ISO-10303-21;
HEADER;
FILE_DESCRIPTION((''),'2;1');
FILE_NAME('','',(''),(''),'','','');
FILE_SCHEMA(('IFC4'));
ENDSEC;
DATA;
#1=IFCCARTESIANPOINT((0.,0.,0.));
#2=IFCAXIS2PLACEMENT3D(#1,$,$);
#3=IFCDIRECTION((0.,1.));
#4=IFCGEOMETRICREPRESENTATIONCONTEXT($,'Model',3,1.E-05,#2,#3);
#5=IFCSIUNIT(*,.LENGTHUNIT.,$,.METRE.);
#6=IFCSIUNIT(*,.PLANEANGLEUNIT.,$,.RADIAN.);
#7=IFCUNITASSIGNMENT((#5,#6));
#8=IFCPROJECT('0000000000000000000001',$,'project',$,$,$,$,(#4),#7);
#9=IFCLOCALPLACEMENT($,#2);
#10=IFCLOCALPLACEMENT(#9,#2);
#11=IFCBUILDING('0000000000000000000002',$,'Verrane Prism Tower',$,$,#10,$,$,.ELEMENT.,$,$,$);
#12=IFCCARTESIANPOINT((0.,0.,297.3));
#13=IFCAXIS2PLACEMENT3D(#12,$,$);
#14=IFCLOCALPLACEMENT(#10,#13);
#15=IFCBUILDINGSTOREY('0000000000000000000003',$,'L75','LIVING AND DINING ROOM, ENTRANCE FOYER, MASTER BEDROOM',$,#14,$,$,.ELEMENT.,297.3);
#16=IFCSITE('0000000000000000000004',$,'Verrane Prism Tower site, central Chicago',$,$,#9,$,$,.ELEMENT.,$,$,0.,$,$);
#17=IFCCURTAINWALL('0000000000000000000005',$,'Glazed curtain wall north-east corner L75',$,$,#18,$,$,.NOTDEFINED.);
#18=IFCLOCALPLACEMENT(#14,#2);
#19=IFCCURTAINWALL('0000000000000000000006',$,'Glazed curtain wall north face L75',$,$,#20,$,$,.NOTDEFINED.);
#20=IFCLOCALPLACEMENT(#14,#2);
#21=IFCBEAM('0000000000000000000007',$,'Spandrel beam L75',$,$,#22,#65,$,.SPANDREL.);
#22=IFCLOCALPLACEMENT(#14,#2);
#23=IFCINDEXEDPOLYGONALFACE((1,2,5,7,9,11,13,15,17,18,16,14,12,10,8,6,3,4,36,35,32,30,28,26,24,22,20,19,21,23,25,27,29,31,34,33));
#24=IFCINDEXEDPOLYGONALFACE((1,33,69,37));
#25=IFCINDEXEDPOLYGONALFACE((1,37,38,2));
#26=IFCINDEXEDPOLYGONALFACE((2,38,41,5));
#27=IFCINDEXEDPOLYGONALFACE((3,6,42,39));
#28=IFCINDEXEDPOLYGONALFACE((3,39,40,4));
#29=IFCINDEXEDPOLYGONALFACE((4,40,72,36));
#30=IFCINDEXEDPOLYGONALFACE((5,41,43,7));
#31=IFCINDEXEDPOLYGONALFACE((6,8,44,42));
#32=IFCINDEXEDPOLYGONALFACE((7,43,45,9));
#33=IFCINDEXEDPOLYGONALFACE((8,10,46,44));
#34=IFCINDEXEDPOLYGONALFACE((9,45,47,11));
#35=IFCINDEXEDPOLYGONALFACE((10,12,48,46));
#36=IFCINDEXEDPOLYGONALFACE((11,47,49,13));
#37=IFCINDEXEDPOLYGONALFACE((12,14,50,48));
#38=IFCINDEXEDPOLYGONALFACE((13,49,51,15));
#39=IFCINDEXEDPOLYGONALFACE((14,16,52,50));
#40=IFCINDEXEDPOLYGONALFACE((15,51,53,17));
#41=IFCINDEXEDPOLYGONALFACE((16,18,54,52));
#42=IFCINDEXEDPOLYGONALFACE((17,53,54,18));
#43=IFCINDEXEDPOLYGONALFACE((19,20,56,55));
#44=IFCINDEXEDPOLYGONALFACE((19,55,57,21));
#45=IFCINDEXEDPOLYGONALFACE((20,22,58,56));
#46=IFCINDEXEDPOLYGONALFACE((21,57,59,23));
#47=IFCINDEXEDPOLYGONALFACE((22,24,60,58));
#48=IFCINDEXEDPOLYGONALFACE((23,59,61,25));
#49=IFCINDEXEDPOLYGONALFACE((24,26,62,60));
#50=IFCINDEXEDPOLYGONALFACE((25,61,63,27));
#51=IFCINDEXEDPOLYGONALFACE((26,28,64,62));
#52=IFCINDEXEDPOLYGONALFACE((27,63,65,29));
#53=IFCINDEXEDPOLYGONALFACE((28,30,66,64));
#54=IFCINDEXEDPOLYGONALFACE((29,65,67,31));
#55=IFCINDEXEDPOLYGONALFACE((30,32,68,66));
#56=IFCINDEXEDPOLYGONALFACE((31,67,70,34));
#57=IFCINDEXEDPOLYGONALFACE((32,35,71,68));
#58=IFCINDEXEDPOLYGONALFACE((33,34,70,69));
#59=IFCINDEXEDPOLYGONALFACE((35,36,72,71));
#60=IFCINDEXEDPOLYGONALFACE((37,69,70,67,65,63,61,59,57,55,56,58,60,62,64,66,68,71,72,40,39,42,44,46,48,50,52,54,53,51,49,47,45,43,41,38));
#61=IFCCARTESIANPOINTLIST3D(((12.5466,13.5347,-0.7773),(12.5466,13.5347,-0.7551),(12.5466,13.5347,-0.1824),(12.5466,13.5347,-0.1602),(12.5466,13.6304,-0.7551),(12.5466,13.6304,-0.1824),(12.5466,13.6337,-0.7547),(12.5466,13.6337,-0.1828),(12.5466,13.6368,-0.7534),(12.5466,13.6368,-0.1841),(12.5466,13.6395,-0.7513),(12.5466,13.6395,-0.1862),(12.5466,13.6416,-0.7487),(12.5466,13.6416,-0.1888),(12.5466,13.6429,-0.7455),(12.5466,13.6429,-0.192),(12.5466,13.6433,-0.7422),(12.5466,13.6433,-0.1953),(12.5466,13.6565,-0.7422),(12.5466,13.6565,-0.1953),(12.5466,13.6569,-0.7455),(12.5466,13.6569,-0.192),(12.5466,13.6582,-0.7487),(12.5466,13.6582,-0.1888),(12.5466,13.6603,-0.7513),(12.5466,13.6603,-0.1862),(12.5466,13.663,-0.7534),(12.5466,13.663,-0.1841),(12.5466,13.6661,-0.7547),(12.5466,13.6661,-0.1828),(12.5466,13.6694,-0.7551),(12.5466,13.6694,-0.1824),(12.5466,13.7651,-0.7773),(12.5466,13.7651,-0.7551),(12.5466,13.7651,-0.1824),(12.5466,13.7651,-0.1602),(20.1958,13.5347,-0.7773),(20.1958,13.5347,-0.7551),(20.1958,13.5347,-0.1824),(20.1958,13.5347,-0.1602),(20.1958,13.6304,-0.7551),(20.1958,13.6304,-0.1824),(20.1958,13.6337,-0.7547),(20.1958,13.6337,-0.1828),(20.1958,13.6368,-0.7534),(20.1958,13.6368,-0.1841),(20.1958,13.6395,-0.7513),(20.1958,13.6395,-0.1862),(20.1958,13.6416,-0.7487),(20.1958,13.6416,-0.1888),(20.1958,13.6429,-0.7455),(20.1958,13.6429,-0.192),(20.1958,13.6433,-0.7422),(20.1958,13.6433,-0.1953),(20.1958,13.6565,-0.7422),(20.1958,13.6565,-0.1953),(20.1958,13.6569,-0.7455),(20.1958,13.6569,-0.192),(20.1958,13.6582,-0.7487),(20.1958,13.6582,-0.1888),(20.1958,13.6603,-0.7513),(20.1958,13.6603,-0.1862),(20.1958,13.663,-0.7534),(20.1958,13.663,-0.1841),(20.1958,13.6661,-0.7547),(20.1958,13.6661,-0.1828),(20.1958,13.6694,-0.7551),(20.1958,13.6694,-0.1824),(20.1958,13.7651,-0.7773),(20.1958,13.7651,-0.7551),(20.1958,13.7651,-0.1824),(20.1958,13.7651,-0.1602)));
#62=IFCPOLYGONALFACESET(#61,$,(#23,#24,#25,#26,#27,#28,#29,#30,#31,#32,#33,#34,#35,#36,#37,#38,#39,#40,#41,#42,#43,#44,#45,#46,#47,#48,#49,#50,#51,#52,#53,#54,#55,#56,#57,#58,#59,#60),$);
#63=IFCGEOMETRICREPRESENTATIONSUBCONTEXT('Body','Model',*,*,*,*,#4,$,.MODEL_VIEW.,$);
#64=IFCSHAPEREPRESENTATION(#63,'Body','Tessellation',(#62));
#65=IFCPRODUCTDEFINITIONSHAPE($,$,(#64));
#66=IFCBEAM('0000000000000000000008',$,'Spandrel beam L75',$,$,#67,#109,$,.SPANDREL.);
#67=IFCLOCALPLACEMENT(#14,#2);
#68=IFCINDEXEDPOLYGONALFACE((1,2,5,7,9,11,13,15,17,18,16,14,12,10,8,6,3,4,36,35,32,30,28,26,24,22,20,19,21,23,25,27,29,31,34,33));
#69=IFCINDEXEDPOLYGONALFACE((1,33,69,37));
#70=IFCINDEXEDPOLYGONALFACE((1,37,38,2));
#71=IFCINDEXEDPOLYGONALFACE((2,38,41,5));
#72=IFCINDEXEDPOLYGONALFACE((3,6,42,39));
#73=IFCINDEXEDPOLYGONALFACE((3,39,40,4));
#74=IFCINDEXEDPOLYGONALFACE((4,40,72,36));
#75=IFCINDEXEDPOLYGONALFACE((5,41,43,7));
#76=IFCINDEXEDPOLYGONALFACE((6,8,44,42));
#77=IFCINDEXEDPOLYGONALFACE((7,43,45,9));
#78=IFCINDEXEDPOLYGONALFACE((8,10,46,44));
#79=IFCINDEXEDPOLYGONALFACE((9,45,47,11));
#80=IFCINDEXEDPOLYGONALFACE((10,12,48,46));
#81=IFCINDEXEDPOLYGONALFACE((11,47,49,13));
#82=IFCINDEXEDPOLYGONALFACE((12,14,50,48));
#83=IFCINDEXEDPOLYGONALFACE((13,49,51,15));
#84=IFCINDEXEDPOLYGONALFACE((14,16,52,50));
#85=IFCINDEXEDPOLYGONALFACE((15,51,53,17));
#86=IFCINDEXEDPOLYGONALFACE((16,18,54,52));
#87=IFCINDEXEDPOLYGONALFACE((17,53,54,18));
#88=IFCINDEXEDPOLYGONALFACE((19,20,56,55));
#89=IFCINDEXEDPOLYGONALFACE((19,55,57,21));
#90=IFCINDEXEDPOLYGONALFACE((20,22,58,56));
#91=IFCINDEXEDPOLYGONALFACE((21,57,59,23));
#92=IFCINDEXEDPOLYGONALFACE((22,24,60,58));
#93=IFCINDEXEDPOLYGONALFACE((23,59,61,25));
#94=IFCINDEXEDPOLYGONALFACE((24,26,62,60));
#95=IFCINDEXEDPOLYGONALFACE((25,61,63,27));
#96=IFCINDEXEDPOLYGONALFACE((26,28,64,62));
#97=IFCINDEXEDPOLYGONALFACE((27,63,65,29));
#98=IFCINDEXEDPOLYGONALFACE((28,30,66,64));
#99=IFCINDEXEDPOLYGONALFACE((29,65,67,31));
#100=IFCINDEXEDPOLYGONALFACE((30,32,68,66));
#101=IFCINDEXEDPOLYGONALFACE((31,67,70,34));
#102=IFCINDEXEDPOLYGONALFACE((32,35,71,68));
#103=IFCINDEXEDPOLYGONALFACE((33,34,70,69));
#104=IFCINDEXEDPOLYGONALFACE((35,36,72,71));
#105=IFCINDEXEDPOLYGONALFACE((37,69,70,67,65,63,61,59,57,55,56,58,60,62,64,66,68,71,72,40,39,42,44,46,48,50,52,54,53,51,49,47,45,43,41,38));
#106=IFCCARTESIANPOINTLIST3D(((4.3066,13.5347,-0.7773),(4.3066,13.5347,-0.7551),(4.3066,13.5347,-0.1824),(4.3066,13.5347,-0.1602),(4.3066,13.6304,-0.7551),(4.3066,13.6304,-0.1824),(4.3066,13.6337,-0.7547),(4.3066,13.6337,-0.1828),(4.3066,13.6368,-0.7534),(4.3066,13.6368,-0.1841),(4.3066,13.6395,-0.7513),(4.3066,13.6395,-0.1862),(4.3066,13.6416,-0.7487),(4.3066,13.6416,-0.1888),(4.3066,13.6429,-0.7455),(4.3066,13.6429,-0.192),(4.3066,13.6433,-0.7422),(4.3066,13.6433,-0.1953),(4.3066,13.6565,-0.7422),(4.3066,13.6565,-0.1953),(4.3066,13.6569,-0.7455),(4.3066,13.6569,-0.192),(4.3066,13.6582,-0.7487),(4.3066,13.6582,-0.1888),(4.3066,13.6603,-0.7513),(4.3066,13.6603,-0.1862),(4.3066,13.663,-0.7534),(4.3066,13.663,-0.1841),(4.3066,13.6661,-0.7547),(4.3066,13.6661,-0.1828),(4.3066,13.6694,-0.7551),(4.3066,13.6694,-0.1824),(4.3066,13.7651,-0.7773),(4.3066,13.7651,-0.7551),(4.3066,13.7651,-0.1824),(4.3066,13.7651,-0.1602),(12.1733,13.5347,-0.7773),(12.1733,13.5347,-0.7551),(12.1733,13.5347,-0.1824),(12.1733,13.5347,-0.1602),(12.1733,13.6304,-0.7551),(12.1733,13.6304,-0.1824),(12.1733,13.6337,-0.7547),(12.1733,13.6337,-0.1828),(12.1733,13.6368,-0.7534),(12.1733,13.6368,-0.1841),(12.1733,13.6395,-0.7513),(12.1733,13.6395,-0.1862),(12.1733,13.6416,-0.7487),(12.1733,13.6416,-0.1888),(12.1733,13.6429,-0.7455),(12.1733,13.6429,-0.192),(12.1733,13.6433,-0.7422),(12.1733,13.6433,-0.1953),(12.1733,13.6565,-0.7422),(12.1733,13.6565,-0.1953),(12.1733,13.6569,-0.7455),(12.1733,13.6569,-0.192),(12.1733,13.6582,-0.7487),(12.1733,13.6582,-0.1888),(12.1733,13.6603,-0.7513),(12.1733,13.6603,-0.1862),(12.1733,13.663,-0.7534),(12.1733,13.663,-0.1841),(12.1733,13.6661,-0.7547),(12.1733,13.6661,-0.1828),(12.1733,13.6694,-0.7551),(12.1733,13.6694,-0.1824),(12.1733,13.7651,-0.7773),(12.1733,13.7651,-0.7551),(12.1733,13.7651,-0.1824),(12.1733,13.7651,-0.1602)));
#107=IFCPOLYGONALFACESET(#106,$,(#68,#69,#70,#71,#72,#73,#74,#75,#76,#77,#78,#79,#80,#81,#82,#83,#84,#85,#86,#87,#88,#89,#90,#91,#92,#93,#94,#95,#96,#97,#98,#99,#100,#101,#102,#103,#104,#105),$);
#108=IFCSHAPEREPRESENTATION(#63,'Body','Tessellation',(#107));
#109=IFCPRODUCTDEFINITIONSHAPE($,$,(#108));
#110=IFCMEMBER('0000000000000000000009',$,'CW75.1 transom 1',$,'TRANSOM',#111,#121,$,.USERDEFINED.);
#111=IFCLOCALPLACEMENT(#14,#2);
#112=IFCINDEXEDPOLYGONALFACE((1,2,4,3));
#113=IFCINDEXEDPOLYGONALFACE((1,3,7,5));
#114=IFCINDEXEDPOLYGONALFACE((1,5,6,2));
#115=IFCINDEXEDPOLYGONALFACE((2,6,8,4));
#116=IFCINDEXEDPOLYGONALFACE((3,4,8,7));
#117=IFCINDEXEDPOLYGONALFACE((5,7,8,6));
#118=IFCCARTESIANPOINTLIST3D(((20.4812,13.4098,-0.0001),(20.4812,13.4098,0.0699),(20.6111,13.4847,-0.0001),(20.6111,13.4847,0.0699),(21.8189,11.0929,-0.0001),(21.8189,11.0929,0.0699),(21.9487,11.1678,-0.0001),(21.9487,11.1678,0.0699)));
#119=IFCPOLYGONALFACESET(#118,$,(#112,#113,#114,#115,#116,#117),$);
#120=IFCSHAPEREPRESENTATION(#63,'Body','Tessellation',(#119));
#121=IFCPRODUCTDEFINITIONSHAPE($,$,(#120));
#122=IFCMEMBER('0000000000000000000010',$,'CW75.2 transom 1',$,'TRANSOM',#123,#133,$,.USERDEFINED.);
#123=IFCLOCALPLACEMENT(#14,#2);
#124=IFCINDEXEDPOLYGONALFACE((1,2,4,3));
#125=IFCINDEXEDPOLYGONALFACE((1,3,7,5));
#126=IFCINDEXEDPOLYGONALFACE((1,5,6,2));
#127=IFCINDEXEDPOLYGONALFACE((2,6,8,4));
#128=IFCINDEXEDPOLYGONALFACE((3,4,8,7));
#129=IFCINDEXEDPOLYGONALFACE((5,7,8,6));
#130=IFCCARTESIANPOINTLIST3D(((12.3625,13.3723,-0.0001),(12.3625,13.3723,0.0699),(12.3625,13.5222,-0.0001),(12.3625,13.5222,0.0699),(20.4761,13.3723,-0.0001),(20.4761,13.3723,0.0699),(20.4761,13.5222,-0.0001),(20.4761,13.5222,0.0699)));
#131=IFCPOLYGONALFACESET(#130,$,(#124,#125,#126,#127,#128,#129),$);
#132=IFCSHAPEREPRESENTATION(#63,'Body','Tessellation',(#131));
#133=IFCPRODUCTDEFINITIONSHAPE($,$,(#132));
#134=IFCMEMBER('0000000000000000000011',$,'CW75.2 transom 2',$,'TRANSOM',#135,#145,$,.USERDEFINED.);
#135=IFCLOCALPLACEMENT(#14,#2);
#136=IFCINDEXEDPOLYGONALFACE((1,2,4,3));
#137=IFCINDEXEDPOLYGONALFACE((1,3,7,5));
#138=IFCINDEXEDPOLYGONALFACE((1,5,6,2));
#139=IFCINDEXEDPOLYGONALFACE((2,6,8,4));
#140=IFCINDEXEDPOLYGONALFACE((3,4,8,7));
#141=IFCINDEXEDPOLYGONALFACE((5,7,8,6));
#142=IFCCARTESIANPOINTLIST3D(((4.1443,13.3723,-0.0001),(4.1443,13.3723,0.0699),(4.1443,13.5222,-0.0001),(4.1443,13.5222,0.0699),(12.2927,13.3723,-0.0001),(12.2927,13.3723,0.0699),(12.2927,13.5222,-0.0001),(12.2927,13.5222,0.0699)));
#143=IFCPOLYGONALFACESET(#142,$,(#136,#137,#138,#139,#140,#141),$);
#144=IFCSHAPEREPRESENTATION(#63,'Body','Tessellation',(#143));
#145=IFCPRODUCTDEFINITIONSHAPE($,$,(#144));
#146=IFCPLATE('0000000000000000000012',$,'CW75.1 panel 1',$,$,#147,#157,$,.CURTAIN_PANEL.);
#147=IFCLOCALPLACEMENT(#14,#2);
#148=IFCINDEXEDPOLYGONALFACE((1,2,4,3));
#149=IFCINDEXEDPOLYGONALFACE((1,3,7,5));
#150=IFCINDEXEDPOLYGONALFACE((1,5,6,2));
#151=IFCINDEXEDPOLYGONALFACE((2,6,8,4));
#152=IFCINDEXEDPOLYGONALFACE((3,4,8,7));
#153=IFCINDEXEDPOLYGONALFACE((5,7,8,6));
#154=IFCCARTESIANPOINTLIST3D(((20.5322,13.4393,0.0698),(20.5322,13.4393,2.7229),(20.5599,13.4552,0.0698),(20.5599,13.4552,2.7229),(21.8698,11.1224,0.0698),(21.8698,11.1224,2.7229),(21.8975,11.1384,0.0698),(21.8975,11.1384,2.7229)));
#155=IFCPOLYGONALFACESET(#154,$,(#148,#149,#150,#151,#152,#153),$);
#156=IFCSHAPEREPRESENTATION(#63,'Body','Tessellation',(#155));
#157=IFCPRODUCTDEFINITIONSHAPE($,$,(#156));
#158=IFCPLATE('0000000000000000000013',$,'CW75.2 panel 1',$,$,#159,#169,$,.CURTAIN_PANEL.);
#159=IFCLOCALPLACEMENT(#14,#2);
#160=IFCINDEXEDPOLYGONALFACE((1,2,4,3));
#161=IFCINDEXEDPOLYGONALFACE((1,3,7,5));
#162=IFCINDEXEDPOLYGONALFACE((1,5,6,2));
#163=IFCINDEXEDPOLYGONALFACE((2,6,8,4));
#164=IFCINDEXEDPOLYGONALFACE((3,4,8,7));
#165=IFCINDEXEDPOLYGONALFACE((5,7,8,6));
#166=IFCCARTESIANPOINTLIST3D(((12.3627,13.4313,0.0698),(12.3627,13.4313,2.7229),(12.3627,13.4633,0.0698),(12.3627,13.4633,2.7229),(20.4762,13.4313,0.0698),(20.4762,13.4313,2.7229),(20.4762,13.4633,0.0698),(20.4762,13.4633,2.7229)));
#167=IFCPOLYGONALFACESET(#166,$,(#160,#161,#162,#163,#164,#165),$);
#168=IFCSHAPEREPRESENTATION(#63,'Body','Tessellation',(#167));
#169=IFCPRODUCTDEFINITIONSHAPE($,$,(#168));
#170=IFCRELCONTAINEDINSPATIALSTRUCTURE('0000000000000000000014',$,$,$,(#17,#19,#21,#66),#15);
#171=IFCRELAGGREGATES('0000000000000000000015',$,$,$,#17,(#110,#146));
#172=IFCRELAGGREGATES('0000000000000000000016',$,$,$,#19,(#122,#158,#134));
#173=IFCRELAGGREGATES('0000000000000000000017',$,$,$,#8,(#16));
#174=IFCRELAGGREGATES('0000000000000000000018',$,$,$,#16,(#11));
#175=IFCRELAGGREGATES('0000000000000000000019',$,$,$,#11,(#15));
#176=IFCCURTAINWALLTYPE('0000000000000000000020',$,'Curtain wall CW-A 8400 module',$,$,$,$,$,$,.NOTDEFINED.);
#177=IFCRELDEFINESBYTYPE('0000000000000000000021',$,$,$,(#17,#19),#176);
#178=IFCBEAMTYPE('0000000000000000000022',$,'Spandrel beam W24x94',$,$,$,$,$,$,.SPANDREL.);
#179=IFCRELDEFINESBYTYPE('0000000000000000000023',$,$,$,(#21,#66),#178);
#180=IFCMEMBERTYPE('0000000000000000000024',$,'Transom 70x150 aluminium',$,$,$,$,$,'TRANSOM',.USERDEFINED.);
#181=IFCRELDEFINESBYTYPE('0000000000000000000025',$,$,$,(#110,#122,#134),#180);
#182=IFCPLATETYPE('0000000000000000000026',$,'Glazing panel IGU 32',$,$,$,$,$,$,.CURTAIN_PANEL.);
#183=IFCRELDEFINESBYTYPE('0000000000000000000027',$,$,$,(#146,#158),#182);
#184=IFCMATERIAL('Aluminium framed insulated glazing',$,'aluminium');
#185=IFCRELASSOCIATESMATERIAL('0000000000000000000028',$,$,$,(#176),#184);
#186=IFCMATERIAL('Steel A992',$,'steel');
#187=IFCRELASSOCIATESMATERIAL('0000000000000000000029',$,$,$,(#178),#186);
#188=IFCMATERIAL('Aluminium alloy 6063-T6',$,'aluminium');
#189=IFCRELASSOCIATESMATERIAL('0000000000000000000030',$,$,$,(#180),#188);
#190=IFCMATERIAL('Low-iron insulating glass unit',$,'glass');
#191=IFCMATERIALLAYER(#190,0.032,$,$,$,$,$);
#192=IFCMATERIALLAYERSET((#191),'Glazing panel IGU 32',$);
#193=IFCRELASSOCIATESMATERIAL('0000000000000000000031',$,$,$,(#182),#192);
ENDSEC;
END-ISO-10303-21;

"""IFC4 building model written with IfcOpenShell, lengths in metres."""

from ifc_helpers import new_model, si_unit, direction, frame, origin, origin_2d, place, context, subcontext, project, spatial, rectangle, i_section, extrude, material, layer, layer_set, material_profile, profile_set, type_object, element, aggregate, save


model = new_model("IFC4")

# Units and contexts
model_context = context("Model", 3, precision=1e-05, world=origin(), true_north=direction((0.0, 1.0)))
body_context = subcontext(model_context, "Body", "Model", "MODEL_VIEW")
ifc_project = project(units=[si_unit("LENGTHUNIT", "METRE"), si_unit("PLANEANGLEUNIT", "RADIAN")], contexts=[model_context])

# Site, building, storey
site_placement = place(None, origin())
site = spatial("IfcSite", under=ifc_project, at=site_placement, Name="Verrane Prism Tower site, central Chicago", CompositionType="ELEMENT", RefElevation=0.0)
building_placement = place(site_placement, origin())
building = spatial("IfcBuilding", under=site, at=building_placement, Name="Verrane Prism Tower", CompositionType="ELEMENT")
storey_placement = place(building_placement, frame((0.0, 0.0, 297.3)))
storey = spatial("IfcBuildingStorey", under=building, at=storey_placement, Name="L75", Description="LIVING AND DINING ROOM, ENTRANCE FOYER, MASTER BEDROOM", CompositionType="ELEMENT", Elevation=297.3)

# Curtain wall
ifc_material_1 = material(Name="Aluminium framed insulated glazing", Category="aluminium")
curtain_wall_type = type_object("IfcCurtainWallType", Name="Curtain wall CW-A 8400 module", PredefinedType="NOTDEFINED", material=ifc_material_1)
curtain_wall_1_placement = place(storey_placement, origin())
curtain_wall_1 = element("IfcCurtainWall", 1, at=curtain_wall_1_placement, inside=storey, type_object=curtain_wall_type, Name="Glazed curtain wall north-east corner L75", PredefinedType="NOTDEFINED")

# Curtain wall
curtain_wall_2_placement = place(storey_placement, origin())
curtain_wall_2 = element("IfcCurtainWall", 2, at=curtain_wall_2_placement, inside=storey, type_object=curtain_wall_type, Name="Glazed curtain wall north face L75", PredefinedType="NOTDEFINED")

# Beams
ifc_material_2 = material(Name="Steel A992", Category="steel")
ifc_material_profile_1 = material_profile(ifc_material_2, i_section(OverallWidth=0.2305, OverallDepth=0.6172, WebThickness=0.0132, FlangeThickness=0.0222, FilletRadius=0.0129, at=origin_2d()), Name="W24x94")
ifc_profile_set_1 = profile_set([ifc_material_profile_1], Name="Steel A992")
beam_type_1 = type_object("IfcBeamType", Name="Spandrel beam W24x94", PredefinedType="SPANDREL", material=ifc_profile_set_1)
beam_1_placement = place(storey_placement, frame((20.1958, 13.6499, -0.4688), z_axis=(-1.0, 0.0, 0.0), x_axis=(0.0, -1.0, 0.0)))
element("IfcBeam", 3, at=beam_1_placement, inside=storey, type_object=beam_type_1, Name="Spandrel beam L75", PredefinedType="SPANDREL", context=body_context, shape_type="SweptSolid", body=[
    extrude(i_section(OverallWidth=0.2305, OverallDepth=0.6172, WebThickness=0.0132, FlangeThickness=0.0222, FilletRadius=0.0129, at=origin_2d()), origin(), (0.0, 0.0, 1.0), 7.6492),
])
beam_2_placement = place(storey_placement, frame((12.1733, 13.6499, -0.4688), z_axis=(-1.0, 0.0, 0.0), x_axis=(0.0, -1.0, 0.0)))
element("IfcBeam", 4, at=beam_2_placement, inside=storey, type_object=beam_type_1, Name="Spandrel beam L75", PredefinedType="SPANDREL", context=body_context, shape_type="SweptSolid", body=[
    extrude(i_section(OverallWidth=0.2305, OverallDepth=0.6172, WebThickness=0.0132, FlangeThickness=0.0222, FilletRadius=0.0129, at=origin_2d()), origin(), (0.0, 0.0, 1.0), 7.8667),
])

# Members
ifc_material_3 = material(Name="Aluminium alloy 6063-T6", Category="aluminium")
ifc_material_profile_2 = material_profile(ifc_material_3, rectangle(XDim=0.1499, YDim=0.0701, at=origin_2d()), Name="Transom 70x150 aluminium")
ifc_profile_set_2 = profile_set([ifc_material_profile_2], Name="Aluminium alloy 6063-T6")
member_type_1 = type_object("IfcMemberType", Name="Transom 70x150 aluminium", ElementType="TRANSOM", PredefinedType="USERDEFINED", material=ifc_profile_set_2)
member_1_placement = place(storey_placement, frame((21.8838, 11.1304, 0.0349), z_axis=(-0.499996, 0.866028, 0.0), x_axis=(-0.866028, -0.499996, 0.0)))
member_1 = element("IfcMember", 5, at=member_1_placement, type_object=member_type_1, Name="CW75.1 transom 1", ObjectType="TRANSOM", PredefinedType="USERDEFINED", context=body_context, shape_type="SweptSolid", body=[
    extrude(rectangle(XDim=0.1499, YDim=0.0701, at=origin_2d()), origin(), (0.0, 0.0, 1.0), 2.6753),
])
member_2_placement = place(storey_placement, frame((20.4761, 13.4473, 0.0349), z_axis=(-1.0, 0.0, 0.0), x_axis=(0.0, -1.0, 0.0)))
member_2 = element("IfcMember", 6, at=member_2_placement, type_object=member_type_1, Name="CW75.2 transom 1", ObjectType="TRANSOM", PredefinedType="USERDEFINED", context=body_context, shape_type="SweptSolid", body=[
    extrude(rectangle(XDim=0.1499, YDim=0.0701, at=origin_2d()), origin(), (0.0, 0.0, 1.0), 8.1135),
])
member_3_placement = place(storey_placement, frame((12.2927, 13.4473, 0.0349), z_axis=(-1.0, 0.0, 0.0), x_axis=(0.0, -1.0, 0.0)))
member_3 = element("IfcMember", 7, at=member_3_placement, type_object=member_type_1, Name="CW75.2 transom 2", ObjectType="TRANSOM", PredefinedType="USERDEFINED", context=body_context, shape_type="SweptSolid", body=[
    extrude(rectangle(XDim=0.1499, YDim=0.0701, at=origin_2d()), origin(), (0.0, 0.0, 1.0), 8.1484),
])

# Plates
ifc_material_4 = material(Name="Low-iron insulating glass unit", Category="glass")
ifc_layer_1 = layer(ifc_material_4, 0.032)
ifc_layer_set_1 = layer_set([ifc_layer_1], Name="Glazing panel IGU 32")
plate_type = type_object("IfcPlateType", Name="Glazing panel IGU 32", PredefinedType="CURTAIN_PANEL", material=ifc_layer_set_1)
plate_1_placement = place(storey_placement, frame((21.2148, 12.2888, 0.0698), z_axis=(0.0, 0.0, 1.0), x_axis=(-0.500002, 0.866024, 0.0)))
plate_1 = element("IfcPlate", 8, at=plate_1_placement, type_object=plate_type, Name="CW75.1 panel 1", PredefinedType="CURTAIN_PANEL", context=body_context, shape_type="SweptSolid", body=[
    extrude(rectangle(XDim=2.6753, YDim=0.032, at=origin_2d()), origin(), (0.0, 0.0, 1.0), 2.6531),
])
aggregate(curtain_wall_1, [member_1, plate_1])
plate_2_placement = place(storey_placement, frame((16.4194, 13.4473, 0.0698), z_axis=(0.0, 0.0, 1.0), x_axis=(-1.0, 0.0, 0.0)))
plate_2 = element("IfcPlate", 9, at=plate_2_placement, type_object=plate_type, Name="CW75.2 panel 1", PredefinedType="CURTAIN_PANEL", context=body_context, shape_type="SweptSolid", body=[
    extrude(rectangle(XDim=8.1135, YDim=0.032, at=origin_2d()), origin(), (0.0, 0.0, 1.0), 2.6531),
])
aggregate(curtain_wall_2, [member_2, plate_2, member_3])

save(model, "model.ifc")
